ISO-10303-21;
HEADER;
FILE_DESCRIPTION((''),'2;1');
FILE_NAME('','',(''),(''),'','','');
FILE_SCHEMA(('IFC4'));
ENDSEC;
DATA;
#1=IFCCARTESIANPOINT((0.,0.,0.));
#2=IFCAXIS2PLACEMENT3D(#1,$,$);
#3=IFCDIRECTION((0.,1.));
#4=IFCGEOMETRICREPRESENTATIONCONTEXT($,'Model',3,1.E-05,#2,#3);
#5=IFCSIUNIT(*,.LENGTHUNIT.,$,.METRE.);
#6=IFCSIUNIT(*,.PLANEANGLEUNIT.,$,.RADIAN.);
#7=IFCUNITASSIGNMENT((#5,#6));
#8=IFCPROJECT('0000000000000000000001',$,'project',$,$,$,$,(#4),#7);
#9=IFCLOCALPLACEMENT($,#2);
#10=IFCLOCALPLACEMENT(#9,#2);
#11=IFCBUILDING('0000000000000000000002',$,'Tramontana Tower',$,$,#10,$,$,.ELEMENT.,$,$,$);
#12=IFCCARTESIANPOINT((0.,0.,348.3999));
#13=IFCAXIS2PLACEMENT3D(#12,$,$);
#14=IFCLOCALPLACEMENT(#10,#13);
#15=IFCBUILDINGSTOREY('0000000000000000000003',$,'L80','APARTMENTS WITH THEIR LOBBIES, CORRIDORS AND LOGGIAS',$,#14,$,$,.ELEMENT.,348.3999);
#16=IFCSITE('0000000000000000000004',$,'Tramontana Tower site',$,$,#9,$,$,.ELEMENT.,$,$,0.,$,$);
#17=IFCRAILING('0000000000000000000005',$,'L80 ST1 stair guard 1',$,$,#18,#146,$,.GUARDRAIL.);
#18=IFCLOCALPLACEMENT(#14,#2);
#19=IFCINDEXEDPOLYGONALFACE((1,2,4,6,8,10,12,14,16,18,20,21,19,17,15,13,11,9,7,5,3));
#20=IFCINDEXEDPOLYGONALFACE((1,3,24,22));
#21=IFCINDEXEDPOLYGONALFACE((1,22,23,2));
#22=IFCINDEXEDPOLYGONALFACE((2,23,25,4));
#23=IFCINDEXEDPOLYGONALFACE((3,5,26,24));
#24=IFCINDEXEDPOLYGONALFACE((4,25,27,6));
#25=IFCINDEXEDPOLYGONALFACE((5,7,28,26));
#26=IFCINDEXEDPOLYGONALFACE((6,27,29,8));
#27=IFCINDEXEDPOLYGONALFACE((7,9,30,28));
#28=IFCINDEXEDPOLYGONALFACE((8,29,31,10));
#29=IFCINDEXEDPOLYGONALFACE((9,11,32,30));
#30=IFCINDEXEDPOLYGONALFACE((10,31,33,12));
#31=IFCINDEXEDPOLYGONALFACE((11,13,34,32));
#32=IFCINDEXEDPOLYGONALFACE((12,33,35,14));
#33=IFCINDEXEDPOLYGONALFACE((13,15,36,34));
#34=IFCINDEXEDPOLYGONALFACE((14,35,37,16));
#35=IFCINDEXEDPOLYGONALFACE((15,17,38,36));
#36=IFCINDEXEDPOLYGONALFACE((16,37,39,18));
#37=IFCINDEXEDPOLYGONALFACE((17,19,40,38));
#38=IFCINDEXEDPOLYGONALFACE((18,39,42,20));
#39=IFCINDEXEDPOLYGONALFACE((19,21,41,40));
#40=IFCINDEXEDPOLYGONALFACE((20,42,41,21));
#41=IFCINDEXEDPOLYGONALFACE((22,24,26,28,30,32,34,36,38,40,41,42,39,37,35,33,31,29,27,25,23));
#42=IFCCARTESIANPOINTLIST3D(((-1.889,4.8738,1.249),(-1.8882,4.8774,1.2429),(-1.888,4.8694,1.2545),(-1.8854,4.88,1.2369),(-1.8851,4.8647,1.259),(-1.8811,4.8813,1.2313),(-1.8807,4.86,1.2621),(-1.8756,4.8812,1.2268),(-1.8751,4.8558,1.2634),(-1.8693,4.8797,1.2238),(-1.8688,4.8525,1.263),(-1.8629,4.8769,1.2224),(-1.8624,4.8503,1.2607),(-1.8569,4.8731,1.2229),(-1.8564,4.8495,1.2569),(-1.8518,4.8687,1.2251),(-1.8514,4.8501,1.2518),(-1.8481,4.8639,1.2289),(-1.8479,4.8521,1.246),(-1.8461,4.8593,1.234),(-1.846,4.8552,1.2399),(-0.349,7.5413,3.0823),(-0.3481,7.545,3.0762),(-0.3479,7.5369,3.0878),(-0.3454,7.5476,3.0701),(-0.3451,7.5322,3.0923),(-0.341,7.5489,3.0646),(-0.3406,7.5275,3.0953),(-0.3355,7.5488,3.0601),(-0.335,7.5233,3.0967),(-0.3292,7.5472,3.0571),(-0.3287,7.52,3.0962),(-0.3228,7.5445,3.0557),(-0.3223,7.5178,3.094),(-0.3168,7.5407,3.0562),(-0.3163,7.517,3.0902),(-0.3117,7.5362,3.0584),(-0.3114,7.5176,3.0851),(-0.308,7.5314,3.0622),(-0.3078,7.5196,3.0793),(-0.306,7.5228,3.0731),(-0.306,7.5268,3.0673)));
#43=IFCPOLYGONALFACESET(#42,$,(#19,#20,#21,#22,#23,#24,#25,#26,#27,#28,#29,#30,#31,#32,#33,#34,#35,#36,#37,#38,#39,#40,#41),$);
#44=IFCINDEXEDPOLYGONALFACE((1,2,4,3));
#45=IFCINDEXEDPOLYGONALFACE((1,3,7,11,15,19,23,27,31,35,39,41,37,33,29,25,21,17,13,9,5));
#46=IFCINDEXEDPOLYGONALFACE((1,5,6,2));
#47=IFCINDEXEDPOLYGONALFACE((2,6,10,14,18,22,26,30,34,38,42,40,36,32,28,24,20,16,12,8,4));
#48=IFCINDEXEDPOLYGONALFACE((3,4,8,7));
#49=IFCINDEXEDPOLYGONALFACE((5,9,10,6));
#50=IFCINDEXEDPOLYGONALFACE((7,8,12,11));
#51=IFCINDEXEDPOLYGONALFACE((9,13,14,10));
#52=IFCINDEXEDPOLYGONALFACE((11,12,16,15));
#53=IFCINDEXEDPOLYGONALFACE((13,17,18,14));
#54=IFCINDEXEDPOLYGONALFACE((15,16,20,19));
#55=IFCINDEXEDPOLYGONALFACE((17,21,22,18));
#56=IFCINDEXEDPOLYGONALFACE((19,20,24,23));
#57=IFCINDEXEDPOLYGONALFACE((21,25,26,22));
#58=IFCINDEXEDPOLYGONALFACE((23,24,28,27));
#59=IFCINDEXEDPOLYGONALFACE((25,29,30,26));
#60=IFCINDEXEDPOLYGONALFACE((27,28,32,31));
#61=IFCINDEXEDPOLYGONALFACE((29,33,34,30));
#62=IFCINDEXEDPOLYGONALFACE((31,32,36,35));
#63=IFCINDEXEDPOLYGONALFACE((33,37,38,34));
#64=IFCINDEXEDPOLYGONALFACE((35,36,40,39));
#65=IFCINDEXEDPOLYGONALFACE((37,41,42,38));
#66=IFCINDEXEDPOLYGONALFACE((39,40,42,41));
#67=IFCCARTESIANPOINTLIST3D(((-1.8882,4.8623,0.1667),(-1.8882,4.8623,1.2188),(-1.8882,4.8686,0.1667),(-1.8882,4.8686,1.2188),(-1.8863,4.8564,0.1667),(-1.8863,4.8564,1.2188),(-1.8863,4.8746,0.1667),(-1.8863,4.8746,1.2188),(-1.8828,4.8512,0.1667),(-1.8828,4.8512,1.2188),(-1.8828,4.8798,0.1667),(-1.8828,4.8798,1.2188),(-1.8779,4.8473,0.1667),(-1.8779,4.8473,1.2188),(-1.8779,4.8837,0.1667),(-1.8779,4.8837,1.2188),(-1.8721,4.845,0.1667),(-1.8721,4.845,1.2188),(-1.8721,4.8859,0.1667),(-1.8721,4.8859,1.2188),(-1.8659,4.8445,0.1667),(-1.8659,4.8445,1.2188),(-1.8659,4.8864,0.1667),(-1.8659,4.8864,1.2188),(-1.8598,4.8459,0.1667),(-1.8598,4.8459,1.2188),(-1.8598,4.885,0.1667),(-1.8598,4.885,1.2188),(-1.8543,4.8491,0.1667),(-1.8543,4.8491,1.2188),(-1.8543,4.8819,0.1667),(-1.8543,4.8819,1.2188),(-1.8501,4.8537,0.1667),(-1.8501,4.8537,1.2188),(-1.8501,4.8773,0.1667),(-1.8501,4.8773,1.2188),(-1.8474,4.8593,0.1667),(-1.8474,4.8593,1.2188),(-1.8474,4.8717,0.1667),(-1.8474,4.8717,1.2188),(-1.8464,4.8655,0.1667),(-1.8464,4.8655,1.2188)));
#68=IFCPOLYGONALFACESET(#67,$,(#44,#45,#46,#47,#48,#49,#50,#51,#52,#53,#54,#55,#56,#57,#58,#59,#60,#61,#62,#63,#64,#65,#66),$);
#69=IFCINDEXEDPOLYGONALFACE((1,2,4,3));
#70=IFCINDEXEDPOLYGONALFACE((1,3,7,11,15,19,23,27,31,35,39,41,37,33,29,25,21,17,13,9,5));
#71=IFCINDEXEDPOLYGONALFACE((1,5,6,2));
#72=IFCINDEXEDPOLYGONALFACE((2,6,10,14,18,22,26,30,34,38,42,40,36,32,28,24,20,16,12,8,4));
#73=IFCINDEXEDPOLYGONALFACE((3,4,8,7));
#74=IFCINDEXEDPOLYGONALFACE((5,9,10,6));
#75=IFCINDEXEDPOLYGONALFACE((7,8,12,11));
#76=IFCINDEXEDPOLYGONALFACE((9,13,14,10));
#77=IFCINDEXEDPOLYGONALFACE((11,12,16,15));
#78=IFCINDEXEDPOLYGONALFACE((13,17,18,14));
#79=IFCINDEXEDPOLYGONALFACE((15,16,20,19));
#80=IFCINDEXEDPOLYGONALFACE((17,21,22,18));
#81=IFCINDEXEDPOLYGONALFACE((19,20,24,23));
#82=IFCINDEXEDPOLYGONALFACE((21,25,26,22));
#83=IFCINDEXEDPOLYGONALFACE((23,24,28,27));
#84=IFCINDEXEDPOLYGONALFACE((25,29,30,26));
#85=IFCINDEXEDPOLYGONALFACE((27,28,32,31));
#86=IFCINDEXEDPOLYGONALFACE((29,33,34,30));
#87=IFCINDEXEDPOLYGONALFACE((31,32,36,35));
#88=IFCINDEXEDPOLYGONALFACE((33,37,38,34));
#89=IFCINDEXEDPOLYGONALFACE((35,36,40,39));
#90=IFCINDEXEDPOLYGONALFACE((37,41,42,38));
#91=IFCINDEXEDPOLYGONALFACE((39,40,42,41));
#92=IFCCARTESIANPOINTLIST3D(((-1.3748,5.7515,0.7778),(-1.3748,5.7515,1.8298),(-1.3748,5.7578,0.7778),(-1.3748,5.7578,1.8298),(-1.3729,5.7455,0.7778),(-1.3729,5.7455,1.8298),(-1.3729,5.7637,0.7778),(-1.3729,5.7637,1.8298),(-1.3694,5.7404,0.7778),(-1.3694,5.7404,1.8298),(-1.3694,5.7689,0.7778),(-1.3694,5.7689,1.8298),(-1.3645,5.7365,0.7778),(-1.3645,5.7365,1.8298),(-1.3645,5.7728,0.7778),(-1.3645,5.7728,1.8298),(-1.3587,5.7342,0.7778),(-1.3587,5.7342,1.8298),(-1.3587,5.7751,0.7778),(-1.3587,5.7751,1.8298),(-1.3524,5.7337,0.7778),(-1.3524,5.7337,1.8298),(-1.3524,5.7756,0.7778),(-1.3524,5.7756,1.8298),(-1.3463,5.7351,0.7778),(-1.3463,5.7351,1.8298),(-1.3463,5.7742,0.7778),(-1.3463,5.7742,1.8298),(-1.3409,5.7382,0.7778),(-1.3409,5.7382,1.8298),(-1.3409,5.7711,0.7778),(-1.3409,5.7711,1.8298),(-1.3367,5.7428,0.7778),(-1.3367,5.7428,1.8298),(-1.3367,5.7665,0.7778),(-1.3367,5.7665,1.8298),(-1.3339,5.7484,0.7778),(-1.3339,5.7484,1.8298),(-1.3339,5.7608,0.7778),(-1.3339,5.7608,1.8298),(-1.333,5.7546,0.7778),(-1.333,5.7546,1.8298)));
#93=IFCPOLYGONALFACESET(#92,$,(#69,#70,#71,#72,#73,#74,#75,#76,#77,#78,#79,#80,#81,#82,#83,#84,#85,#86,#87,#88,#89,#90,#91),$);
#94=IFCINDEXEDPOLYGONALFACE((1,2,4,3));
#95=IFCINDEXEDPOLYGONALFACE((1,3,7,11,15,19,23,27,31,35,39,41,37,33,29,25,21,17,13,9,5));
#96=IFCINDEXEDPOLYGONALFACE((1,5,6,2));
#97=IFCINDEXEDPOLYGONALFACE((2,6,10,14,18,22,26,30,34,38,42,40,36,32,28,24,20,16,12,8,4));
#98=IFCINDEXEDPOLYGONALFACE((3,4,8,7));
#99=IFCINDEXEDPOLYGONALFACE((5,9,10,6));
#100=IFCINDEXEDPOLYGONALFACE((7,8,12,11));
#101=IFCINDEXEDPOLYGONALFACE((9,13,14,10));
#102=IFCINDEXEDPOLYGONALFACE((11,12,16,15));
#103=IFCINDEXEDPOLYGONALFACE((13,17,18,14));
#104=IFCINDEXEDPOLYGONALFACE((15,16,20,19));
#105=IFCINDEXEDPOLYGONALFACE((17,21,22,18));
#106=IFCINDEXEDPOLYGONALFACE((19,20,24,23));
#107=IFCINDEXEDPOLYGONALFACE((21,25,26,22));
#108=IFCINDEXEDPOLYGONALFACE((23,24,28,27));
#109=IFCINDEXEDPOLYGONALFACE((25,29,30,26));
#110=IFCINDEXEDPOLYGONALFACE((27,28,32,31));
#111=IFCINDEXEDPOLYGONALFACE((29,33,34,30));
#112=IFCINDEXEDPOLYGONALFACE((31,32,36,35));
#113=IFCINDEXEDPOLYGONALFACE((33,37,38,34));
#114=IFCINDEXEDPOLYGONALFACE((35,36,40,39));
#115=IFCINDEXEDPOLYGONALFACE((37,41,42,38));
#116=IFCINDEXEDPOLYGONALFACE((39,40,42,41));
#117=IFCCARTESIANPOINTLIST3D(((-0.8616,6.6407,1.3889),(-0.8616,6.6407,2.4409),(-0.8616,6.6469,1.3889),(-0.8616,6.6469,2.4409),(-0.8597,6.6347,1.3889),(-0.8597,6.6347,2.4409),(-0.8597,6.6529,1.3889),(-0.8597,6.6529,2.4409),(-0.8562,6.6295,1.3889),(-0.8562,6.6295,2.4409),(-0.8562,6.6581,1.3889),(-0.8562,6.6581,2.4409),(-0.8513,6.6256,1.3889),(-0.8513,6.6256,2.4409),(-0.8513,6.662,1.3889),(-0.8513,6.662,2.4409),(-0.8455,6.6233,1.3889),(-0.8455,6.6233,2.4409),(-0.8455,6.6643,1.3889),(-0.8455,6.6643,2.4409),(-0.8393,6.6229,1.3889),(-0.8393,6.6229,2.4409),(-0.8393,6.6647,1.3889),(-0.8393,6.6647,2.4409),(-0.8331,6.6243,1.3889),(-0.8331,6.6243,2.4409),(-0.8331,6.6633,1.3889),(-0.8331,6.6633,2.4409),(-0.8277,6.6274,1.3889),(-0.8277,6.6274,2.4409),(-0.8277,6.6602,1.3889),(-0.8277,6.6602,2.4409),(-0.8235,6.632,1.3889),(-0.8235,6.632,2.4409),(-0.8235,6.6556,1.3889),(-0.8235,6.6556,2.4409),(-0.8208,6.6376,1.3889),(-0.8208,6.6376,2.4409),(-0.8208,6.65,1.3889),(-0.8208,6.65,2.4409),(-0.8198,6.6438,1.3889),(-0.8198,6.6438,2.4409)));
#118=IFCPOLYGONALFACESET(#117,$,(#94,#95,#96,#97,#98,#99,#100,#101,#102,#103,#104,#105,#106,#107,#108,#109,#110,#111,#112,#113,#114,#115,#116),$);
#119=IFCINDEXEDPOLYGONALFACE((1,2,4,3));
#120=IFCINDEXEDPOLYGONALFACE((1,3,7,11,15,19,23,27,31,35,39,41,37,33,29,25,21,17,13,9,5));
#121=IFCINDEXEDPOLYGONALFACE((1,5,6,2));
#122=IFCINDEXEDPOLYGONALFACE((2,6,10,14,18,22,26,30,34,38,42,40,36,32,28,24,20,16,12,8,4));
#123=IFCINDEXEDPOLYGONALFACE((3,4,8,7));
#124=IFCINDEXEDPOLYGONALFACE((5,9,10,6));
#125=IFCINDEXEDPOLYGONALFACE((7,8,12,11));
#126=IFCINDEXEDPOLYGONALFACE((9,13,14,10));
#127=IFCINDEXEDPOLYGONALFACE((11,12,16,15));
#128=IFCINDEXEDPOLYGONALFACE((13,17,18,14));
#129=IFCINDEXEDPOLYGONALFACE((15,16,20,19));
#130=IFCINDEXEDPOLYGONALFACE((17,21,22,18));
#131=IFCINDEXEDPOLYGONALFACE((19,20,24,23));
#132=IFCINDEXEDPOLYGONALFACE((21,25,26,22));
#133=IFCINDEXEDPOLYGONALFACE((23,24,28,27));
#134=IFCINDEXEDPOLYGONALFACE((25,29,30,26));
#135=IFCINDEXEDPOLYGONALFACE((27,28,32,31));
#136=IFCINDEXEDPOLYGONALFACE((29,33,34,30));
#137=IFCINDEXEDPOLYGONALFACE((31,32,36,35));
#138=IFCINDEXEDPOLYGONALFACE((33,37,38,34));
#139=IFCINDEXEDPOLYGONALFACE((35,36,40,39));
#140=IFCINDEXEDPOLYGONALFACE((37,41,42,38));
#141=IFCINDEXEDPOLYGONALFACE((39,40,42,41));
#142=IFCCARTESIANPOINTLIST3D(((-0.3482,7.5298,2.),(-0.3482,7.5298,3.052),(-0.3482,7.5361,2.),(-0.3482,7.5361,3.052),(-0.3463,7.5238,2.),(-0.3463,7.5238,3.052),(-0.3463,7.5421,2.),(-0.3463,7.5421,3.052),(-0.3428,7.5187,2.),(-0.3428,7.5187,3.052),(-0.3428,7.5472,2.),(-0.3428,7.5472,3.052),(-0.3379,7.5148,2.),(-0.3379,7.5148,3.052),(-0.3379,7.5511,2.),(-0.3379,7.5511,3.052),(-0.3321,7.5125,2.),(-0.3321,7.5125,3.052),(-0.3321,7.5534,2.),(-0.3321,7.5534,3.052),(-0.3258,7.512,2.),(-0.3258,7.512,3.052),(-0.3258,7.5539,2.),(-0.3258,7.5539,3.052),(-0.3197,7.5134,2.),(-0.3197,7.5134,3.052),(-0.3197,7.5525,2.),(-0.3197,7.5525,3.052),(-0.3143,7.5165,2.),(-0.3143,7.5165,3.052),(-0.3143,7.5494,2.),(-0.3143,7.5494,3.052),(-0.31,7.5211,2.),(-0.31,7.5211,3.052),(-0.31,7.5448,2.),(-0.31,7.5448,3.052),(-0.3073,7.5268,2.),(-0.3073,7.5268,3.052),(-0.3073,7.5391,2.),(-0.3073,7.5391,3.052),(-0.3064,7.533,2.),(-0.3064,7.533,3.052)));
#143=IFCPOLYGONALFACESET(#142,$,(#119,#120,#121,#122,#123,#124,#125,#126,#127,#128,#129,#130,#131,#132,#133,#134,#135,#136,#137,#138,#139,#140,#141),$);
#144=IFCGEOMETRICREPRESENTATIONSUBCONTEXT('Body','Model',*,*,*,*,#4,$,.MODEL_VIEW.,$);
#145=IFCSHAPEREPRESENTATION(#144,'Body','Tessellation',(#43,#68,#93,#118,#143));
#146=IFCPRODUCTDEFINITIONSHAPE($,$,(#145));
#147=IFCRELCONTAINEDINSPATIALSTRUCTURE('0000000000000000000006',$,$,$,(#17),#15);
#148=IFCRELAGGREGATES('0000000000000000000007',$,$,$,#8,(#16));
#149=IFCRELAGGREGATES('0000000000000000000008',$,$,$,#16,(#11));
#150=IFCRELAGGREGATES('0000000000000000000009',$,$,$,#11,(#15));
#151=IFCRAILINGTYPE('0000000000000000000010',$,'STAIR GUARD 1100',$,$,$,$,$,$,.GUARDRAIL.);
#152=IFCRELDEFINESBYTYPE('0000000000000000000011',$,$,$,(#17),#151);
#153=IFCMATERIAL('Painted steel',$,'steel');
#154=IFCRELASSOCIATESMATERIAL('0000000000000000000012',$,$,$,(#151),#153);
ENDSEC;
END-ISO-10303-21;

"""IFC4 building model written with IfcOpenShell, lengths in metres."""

from ifc_helpers import new_model, si_unit, direction, frame, origin, origin_2d, place, context, subcontext, project, spatial, circle, extrude, material, type_object, element, save


model = new_model("IFC4")

# Units and contexts
model_context = context("Model", 3, precision=1e-05, world=origin(), true_north=direction((0.0, 1.0)))
body_context = subcontext(model_context, "Body", "Model", "MODEL_VIEW")
ifc_project = project(units=[si_unit("LENGTHUNIT", "METRE"), si_unit("PLANEANGLEUNIT", "RADIAN")], contexts=[model_context])

# Site, building, storey
site_placement = place(None, origin())
site = spatial("IfcSite", under=ifc_project, at=site_placement, Name="Tramontana Tower site", CompositionType="ELEMENT", RefElevation=0.0)
building_placement = place(site_placement, origin())
building = spatial("IfcBuilding", under=site, at=building_placement, Name="Tramontana Tower", CompositionType="ELEMENT")
storey_placement = place(building_placement, frame((0.0, 0.0, 348.3999)))
storey = spatial("IfcBuildingStorey", under=building, at=storey_placement, Name="L80", Description="APARTMENTS WITH THEIR LOBBIES, CORRIDORS AND LOGGIAS", CompositionType="ELEMENT", Elevation=348.3999)

# Railing
ifc_material_1 = material(Name="Painted steel", Category="steel")
railing_type_1 = type_object("IfcRailingType", Name="STAIR GUARD 1100", PredefinedType="GUARDRAIL", material=ifc_material_1)
railing_1_placement = place(storey_placement, frame((-1.8674, 4.8655, 0.1667)))
element("IfcRailing", 1, at=railing_1_placement, inside=storey, type_object=railing_type_1, Name="L80 ST1 stair guard 1", PredefinedType="GUARDRAIL", context=body_context, shape_type="SweptSolid", body=[
    extrude(circle(Radius=0.0239, at=origin_2d()), frame((0.0, 0.0, 1.0762), z_axis=(0.429649, 0.74419, 0.511452), x_axis=(-0.86603, 0.499992, 0.0)), (0.0, 0.0, 1.0), 3.5845),
    extrude(circle(Radius=0.021, at=origin_2d()), origin(), (0.0, 0.0, 1.0), 1.052),
    extrude(circle(Radius=0.021, at=origin_2d()), frame((0.5134, 0.8892, 0.6111)), (0.0, 0.0, 1.0), 1.052),
    extrude(circle(Radius=0.021, at=origin_2d()), frame((1.0266, 1.7783, 1.2222)), (0.0, 0.0, 1.0), 1.052),
    extrude(circle(Radius=0.021, at=origin_2d()), frame((1.54, 2.6675, 1.8333)), (0.0, 0.0, 1.0), 1.052),
])

save(model, "model.ifc")
